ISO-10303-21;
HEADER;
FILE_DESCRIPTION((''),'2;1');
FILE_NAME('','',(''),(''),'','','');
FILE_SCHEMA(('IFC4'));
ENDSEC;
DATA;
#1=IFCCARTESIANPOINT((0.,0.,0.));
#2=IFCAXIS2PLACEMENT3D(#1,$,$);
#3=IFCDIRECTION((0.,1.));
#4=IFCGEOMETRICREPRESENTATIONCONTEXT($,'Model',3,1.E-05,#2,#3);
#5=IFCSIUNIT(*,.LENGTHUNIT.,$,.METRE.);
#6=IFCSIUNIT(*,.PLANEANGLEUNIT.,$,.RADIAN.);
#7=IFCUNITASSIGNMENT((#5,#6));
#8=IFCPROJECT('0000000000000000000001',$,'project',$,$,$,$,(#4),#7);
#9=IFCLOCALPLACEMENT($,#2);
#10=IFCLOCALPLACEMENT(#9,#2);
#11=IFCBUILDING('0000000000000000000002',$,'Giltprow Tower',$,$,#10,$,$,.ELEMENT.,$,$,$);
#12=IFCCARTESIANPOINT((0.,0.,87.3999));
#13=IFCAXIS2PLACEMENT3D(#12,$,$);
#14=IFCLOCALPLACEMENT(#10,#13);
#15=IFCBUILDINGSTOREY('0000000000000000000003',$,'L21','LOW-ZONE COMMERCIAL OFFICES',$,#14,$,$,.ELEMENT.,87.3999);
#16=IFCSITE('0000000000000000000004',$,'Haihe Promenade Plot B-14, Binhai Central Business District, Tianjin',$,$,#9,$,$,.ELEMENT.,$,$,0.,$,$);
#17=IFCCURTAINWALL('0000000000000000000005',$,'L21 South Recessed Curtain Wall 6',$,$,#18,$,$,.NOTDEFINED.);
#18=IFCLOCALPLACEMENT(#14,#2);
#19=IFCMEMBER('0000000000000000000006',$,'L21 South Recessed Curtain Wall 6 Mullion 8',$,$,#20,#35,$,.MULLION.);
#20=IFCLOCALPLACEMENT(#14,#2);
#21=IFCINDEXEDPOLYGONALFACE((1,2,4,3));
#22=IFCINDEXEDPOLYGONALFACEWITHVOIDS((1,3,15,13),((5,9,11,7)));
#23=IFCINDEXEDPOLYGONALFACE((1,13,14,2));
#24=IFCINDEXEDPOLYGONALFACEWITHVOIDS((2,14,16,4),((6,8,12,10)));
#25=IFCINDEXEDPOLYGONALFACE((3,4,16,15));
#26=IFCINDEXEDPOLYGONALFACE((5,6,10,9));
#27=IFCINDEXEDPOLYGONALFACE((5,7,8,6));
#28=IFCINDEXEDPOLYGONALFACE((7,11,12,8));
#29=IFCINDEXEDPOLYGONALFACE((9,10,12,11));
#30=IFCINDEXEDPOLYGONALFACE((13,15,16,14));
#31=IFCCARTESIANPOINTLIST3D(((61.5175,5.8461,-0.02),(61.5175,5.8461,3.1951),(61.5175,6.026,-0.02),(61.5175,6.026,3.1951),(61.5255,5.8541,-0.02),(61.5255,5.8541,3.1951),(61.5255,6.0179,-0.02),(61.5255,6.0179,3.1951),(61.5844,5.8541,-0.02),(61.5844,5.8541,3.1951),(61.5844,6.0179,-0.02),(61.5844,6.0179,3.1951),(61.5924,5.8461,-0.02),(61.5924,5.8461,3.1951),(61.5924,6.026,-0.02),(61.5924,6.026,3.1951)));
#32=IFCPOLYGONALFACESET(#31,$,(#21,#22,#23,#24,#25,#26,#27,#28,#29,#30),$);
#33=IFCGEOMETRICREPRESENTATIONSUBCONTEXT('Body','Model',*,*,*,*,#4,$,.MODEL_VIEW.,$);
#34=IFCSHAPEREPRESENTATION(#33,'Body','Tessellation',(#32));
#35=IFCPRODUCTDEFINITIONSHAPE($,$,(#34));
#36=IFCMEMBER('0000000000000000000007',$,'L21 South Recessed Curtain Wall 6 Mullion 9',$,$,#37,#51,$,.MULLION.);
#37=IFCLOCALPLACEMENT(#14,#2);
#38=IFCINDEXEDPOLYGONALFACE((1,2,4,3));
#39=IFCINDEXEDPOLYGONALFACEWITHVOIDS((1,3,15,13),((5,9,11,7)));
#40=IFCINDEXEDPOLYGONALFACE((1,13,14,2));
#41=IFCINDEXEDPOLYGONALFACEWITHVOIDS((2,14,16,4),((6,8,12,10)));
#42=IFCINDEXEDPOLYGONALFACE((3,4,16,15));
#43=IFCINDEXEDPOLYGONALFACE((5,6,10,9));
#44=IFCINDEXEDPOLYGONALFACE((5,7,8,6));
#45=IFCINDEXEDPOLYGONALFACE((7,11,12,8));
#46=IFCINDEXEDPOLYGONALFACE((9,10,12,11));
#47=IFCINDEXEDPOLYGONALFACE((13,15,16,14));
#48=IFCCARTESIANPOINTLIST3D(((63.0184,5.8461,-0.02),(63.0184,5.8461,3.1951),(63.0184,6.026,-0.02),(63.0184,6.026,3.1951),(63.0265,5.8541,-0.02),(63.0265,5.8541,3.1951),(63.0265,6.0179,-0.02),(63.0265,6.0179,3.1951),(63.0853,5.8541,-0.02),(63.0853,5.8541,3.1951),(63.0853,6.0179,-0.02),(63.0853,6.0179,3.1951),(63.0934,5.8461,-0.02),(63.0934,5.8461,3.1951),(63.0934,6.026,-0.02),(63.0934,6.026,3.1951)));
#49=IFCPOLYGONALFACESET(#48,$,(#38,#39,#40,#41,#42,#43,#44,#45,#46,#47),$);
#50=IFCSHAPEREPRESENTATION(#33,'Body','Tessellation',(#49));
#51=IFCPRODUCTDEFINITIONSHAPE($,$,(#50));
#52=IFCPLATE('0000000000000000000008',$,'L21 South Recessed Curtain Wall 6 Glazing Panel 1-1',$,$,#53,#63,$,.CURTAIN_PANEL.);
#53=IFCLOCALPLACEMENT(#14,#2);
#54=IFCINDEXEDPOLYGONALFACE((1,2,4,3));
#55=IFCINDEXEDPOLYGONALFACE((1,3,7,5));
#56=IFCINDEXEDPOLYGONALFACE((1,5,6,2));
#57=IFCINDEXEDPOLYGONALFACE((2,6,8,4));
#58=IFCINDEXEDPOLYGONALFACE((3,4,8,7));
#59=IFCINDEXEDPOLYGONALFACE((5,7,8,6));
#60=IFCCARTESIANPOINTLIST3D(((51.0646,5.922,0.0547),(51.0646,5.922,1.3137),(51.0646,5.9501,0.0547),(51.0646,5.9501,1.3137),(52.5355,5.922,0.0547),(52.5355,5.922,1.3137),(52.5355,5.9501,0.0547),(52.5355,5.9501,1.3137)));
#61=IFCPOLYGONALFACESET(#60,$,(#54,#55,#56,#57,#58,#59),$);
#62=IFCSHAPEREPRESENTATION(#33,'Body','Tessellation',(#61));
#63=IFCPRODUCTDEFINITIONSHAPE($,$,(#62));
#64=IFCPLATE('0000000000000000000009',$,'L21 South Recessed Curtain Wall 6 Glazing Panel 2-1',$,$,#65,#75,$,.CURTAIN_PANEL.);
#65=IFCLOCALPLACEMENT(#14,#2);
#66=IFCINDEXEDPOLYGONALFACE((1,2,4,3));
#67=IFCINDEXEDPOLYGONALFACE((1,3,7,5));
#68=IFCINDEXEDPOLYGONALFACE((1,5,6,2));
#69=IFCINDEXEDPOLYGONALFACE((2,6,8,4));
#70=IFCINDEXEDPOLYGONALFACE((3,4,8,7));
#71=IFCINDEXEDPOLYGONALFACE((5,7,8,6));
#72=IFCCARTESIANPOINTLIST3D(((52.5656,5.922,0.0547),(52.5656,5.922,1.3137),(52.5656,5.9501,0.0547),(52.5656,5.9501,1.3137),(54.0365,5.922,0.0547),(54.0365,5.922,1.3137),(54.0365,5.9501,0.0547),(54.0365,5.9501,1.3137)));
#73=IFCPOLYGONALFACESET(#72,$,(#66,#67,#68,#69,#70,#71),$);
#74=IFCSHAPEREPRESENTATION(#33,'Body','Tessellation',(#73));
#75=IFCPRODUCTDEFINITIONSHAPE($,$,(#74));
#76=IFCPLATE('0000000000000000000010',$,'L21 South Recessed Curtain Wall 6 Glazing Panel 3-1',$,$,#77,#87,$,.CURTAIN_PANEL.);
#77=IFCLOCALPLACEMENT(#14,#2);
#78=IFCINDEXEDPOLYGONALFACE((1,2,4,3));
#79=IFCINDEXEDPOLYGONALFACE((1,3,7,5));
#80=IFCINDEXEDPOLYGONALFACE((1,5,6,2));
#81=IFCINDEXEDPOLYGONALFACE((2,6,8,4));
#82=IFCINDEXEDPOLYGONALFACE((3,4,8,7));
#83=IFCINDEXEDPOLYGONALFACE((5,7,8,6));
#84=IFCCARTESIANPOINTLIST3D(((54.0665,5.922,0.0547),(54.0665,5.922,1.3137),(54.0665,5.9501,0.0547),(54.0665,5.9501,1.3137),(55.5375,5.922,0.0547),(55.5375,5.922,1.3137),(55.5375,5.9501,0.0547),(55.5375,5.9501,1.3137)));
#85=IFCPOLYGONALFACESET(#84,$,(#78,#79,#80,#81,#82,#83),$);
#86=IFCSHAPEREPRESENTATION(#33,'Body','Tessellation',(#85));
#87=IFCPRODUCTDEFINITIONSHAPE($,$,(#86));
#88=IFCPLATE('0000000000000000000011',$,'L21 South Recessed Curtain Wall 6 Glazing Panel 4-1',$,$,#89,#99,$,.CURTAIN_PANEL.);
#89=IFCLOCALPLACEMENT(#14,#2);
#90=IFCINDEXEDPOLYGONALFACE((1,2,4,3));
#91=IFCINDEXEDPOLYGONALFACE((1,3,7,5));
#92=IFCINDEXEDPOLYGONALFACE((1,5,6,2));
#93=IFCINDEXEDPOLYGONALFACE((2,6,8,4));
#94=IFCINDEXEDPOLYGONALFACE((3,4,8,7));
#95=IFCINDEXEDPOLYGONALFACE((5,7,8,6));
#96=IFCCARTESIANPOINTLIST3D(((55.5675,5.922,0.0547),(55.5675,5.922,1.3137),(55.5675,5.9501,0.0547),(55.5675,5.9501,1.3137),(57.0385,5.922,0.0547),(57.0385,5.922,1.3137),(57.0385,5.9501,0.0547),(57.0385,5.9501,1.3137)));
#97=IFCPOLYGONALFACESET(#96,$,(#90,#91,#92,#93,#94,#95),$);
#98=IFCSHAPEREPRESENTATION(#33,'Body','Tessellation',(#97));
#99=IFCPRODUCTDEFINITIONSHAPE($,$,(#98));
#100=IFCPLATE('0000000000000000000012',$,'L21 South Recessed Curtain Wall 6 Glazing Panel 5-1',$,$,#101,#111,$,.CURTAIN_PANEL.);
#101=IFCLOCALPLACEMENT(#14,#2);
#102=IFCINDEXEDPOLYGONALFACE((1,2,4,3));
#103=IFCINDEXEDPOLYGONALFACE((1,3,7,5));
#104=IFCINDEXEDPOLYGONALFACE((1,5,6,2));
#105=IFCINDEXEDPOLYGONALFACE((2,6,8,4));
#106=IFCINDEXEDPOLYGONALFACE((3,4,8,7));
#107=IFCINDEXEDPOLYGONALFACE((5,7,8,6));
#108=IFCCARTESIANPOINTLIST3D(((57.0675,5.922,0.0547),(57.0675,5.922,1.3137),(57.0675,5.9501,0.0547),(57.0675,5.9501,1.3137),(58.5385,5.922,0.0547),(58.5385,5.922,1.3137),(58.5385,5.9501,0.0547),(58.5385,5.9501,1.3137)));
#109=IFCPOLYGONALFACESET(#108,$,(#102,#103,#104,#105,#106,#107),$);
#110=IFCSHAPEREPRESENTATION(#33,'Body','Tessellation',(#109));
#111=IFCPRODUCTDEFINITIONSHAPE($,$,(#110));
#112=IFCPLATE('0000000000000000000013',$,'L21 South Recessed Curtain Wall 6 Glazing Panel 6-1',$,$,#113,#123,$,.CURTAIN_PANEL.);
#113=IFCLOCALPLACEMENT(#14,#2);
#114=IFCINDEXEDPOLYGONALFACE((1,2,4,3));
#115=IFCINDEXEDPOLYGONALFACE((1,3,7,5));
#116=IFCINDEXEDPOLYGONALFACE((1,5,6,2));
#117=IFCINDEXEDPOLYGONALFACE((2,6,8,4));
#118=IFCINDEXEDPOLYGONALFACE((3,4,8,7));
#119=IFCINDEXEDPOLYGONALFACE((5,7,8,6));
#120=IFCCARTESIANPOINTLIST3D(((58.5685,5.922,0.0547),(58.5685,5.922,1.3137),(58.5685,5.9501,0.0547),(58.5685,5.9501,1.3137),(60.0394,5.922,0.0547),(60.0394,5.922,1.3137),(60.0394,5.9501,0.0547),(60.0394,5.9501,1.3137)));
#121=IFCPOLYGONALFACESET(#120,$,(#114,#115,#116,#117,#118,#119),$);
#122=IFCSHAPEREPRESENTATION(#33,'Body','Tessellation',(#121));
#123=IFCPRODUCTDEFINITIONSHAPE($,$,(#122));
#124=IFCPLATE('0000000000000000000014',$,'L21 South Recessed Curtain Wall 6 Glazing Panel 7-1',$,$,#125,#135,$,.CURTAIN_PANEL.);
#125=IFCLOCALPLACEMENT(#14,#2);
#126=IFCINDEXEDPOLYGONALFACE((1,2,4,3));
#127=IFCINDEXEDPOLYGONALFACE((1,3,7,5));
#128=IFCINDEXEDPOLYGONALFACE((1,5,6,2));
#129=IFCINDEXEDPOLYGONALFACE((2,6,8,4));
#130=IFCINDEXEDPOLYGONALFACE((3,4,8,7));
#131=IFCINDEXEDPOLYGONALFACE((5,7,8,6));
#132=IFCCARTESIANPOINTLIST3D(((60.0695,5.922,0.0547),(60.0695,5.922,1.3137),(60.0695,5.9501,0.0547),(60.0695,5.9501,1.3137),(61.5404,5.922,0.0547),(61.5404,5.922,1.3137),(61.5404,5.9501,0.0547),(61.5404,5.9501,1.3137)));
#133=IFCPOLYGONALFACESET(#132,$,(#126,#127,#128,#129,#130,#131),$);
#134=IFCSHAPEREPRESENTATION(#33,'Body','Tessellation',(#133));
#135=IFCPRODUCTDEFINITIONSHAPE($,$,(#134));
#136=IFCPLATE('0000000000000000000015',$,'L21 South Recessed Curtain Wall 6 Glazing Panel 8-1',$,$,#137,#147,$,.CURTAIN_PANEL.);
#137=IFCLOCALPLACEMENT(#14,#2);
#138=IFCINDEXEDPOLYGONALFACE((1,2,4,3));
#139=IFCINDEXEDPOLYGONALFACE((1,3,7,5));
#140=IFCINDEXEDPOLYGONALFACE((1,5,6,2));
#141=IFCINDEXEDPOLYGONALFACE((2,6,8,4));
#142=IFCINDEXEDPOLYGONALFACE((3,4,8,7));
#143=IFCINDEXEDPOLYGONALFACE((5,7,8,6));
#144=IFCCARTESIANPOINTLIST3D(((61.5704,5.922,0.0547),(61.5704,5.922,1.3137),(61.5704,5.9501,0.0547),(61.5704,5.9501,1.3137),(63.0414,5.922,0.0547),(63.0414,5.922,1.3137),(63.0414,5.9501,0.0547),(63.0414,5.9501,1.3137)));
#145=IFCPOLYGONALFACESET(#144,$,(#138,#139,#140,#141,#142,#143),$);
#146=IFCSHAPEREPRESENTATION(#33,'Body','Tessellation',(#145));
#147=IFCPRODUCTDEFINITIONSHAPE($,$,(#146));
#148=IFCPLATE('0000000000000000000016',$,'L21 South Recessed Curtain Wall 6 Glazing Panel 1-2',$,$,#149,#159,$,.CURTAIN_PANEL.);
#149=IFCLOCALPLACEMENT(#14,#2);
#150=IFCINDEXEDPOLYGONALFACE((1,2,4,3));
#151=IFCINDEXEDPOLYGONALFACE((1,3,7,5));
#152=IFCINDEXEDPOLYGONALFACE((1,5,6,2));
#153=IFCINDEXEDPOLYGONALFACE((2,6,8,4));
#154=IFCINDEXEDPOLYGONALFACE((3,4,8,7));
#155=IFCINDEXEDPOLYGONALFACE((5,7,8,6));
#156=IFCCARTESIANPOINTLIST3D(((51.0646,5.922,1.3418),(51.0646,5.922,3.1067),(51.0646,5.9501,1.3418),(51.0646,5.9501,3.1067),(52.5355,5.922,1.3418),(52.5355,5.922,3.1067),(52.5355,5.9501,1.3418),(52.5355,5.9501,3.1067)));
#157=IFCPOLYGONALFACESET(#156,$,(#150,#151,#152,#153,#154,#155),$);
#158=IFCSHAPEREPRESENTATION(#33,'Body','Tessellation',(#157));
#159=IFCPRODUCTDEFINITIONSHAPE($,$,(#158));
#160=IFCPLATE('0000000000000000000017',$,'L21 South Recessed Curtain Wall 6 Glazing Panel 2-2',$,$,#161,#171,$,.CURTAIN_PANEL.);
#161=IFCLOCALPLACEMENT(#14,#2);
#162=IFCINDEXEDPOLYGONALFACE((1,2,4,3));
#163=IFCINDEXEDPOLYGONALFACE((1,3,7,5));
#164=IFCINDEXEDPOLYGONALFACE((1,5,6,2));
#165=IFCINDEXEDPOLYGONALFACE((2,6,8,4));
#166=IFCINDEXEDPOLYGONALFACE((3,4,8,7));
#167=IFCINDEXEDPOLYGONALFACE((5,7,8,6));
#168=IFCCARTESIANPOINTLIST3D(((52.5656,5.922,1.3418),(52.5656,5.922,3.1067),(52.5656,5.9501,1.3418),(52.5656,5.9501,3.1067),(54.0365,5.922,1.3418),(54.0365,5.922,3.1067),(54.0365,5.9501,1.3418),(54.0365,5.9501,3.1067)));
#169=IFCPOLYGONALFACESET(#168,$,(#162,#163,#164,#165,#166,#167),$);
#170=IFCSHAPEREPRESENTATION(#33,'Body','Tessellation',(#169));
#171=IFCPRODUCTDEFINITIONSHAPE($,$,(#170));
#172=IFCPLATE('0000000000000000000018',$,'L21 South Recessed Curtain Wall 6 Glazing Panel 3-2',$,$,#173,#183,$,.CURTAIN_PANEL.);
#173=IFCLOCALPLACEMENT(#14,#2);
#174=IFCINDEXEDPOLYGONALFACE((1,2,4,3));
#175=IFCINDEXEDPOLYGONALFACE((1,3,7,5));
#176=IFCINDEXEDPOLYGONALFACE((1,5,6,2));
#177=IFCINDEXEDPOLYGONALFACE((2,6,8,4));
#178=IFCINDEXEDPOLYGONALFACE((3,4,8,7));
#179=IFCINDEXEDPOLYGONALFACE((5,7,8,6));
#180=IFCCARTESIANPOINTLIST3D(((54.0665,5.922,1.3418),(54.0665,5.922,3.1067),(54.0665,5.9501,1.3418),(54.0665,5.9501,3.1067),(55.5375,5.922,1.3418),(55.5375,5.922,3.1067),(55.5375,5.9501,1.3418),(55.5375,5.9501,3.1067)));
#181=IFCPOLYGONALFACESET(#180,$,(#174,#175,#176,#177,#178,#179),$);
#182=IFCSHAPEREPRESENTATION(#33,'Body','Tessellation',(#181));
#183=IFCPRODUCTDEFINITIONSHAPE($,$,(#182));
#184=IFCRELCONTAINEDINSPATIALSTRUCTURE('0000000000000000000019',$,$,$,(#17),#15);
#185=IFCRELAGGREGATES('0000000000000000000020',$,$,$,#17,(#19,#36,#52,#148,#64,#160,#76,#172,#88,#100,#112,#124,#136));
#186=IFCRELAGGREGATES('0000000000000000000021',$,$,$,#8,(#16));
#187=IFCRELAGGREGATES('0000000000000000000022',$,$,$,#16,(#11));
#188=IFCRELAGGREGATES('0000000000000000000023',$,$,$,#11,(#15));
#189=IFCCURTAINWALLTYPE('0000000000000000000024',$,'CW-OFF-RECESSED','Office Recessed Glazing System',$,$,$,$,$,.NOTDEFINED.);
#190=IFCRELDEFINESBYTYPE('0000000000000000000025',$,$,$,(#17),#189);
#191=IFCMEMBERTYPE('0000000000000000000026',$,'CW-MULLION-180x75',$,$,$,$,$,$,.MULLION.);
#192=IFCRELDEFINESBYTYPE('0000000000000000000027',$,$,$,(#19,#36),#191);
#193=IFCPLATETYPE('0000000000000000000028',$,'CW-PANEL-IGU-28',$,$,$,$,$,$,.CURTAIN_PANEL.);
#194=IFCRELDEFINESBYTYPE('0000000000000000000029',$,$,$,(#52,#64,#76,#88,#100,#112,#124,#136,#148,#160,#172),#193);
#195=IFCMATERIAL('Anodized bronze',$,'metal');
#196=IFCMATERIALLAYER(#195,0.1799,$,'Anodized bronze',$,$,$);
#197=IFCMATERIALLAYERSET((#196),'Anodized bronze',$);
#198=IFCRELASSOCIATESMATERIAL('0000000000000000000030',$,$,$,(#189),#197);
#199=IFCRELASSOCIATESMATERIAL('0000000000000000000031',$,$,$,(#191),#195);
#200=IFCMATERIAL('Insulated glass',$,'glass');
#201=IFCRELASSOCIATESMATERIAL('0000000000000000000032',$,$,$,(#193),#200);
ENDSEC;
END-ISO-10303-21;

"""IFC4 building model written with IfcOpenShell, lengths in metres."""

from ifc_helpers import new_model, si_unit, direction, frame, origin, origin_2d, place, context, subcontext, project, spatial, rectangle, hollow_rectangle, extrude, source, transform, mapped, material, layer, layer_set, material_profile, profile_set, type_object, element, aggregate, save


model = new_model("IFC4")

# Units and contexts
model_context = context("Model", 3, precision=1e-05, world=origin(), true_north=direction((0.0, 1.0)))
body_context = subcontext(model_context, "Body", "Model", "MODEL_VIEW")
ifc_project = project(units=[si_unit("LENGTHUNIT", "METRE"), si_unit("PLANEANGLEUNIT", "RADIAN")], contexts=[model_context])

# Site, building, storey
site_placement = place(None, origin())
site = spatial("IfcSite", under=ifc_project, at=site_placement, Name="Haihe Promenade Plot B-14, Binhai Central Business District, Tianjin", CompositionType="ELEMENT", RefElevation=0.0)
building_placement = place(site_placement, origin())
building = spatial("IfcBuilding", under=site, at=building_placement, Name="Giltprow Tower", CompositionType="ELEMENT")
storey_placement = place(building_placement, frame((0.0, 0.0, 87.3999)))
storey = spatial("IfcBuildingStorey", under=building, at=storey_placement, Name="L21", Description="LOW-ZONE COMMERCIAL OFFICES", CompositionType="ELEMENT", Elevation=87.3999)

# Curtain wall, members, plates
ifc_material_1 = material(Name="Anodized bronze", Category="metal")
ifc_layer_1 = layer(ifc_material_1, 0.1799, Name="Anodized bronze")
ifc_layer_set_1 = layer_set([ifc_layer_1], Name="Anodized bronze")
curtain_wall_type = type_object("IfcCurtainWallType", Name="CW-OFF-RECESSED", Description="Office Recessed Glazing System", PredefinedType="NOTDEFINED", material=ifc_layer_set_1)
curtain_wall_placement = place(storey_placement, origin())
curtain_wall = element("IfcCurtainWall", 1, at=curtain_wall_placement, inside=storey, type_object=curtain_wall_type, Name="L21 South Recessed Curtain Wall 6", PredefinedType="NOTDEFINED")
ifc_material_profile_1 = material_profile(ifc_material_1, hollow_rectangle(XDim=0.075, YDim=0.1799, WallThickness=0.0081, at=origin_2d()), Name="RHS 180x75x8")
ifc_profile_set_1 = profile_set([ifc_material_profile_1], Name="Anodized bronze")
member_type = type_object("IfcMemberType", Name="CW-MULLION-180x75", PredefinedType="MULLION", material=ifc_profile_set_1)
shared_shape_1 = source(origin(), body_context, "Body", "SweptSolid", [
    extrude(hollow_rectangle(XDim=0.075, YDim=0.1799, WallThickness=0.0081, at=origin_2d()), origin(), (0.0, 0.0, 1.0), 3.2151),
])
member_1_placement = place(storey_placement, frame((61.5549, 5.936, -0.02), z_axis=(0.0, 0.0, 1.0), x_axis=(1.0, 0.0, 0.0)))
member_1 = element("IfcMember", 2, at=member_1_placement, type_object=member_type, Name="L21 South Recessed Curtain Wall 6 Mullion 8", PredefinedType="MULLION", context=body_context, shape_type="MappedRepresentation", body=[
    mapped(shared_shape_1, transform((0.0, 0.0, 0.0), x_axis=(1.0, 0.0, 0.0), y_axis=(0.0, 1.0, 0.0), z_axis=(0.0, 0.0, 1.0), scale=1.0)),
])
member_2_placement = place(storey_placement, frame((63.0559, 5.936, -0.02), z_axis=(0.0, 0.0, 1.0), x_axis=(1.0, 0.0, 0.0)))
member_2 = element("IfcMember", 3, at=member_2_placement, type_object=member_type, Name="L21 South Recessed Curtain Wall 6 Mullion 9", PredefinedType="MULLION", context=body_context, shape_type="MappedRepresentation", body=[
    mapped(shared_shape_1, transform((0.0, 0.0, 0.0), x_axis=(1.0, 0.0, 0.0), y_axis=(0.0, 1.0, 0.0), z_axis=(0.0, 0.0, 1.0), scale=1.0)),
])
ifc_material_2 = material(Name="Insulated glass", Category="glass")
plate_type = type_object("IfcPlateType", Name="CW-PANEL-IGU-28", PredefinedType="CURTAIN_PANEL", material=ifc_material_2)
shared_shape_2 = source(origin(), body_context, "Body", "SweptSolid", [
    extrude(rectangle(XDim=1.4709, YDim=0.0281, at=origin_2d()), origin(), (0.0, 0.0, 1.0), 1.259),
])
plate_1_placement = place(storey_placement, frame((51.8, 5.936, 0.0547), z_axis=(0.0, 0.0, 1.0), x_axis=(1.0, 0.0, 0.0)))
plate_1 = element("IfcPlate", 4, at=plate_1_placement, type_object=plate_type, Name="L21 South Recessed Curtain Wall 6 Glazing Panel 1-1", PredefinedType="CURTAIN_PANEL", context=body_context, shape_type="MappedRepresentation", body=[
    mapped(shared_shape_2, transform((0.0, 0.0, 0.0), x_axis=(1.0, 0.0, 0.0), y_axis=(0.0, 1.0, 0.0), z_axis=(0.0, 0.0, 1.0), scale=1.0)),
])
plate_2_placement = place(storey_placement, frame((53.301, 5.936, 0.0547), z_axis=(0.0, 0.0, 1.0), x_axis=(1.0, 0.0, 0.0)))
plate_2 = element("IfcPlate", 5, at=plate_2_placement, type_object=plate_type, Name="L21 South Recessed Curtain Wall 6 Glazing Panel 2-1", PredefinedType="CURTAIN_PANEL", context=body_context, shape_type="MappedRepresentation", body=[
    mapped(shared_shape_2, transform((0.0, 0.0, 0.0), x_axis=(1.0, 0.0, 0.0), y_axis=(0.0, 1.0, 0.0), z_axis=(0.0, 0.0, 1.0), scale=1.0)),
])
plate_3_placement = place(storey_placement, frame((54.802, 5.936, 0.0547), z_axis=(0.0, 0.0, 1.0), x_axis=(1.0, 0.0, 0.0)))
plate_3 = element("IfcPlate", 6, at=plate_3_placement, type_object=plate_type, Name="L21 South Recessed Curtain Wall 6 Glazing Panel 3-1", PredefinedType="CURTAIN_PANEL", context=body_context, shape_type="MappedRepresentation", body=[
    mapped(shared_shape_2, transform((0.0, 0.0, 0.0), x_axis=(1.0, 0.0, 0.0), y_axis=(0.0, 1.0, 0.0), z_axis=(0.0, 0.0, 1.0), scale=1.0)),
])
plate_4_placement = place(storey_placement, frame((56.303, 5.936, 0.0547), z_axis=(0.0, 0.0, 1.0), x_axis=(1.0, 0.0, 0.0)))
plate_4 = element("IfcPlate", 7, at=plate_4_placement, type_object=plate_type, Name="L21 South Recessed Curtain Wall 6 Glazing Panel 4-1", PredefinedType="CURTAIN_PANEL", context=body_context, shape_type="MappedRepresentation", body=[
    mapped(shared_shape_2, transform((0.0, 0.0, 0.0), x_axis=(1.0, 0.0, 0.0), y_axis=(0.0, 1.0, 0.0), z_axis=(0.0, 0.0, 1.0), scale=1.0)),
])
plate_5_placement = place(storey_placement, frame((57.803, 5.936, 0.0547), z_axis=(0.0, 0.0, 1.0), x_axis=(1.0, 0.0, 0.0)))
plate_5 = element("IfcPlate", 8, at=plate_5_placement, type_object=plate_type, Name="L21 South Recessed Curtain Wall 6 Glazing Panel 5-1", PredefinedType="CURTAIN_PANEL", context=body_context, shape_type="MappedRepresentation", body=[
    mapped(shared_shape_2, transform((0.0, 0.0, 0.0), x_axis=(1.0, 0.0, 0.0), y_axis=(0.0, 1.0, 0.0), z_axis=(0.0, 0.0, 1.0), scale=1.0)),
])
plate_6_placement = place(storey_placement, frame((59.304, 5.936, 0.0547), z_axis=(0.0, 0.0, 1.0), x_axis=(1.0, 0.0, 0.0)))
plate_6 = element("IfcPlate", 9, at=plate_6_placement, type_object=plate_type, Name="L21 South Recessed Curtain Wall 6 Glazing Panel 6-1", PredefinedType="CURTAIN_PANEL", context=body_context, shape_type="MappedRepresentation", body=[
    mapped(shared_shape_2, transform((0.0, 0.0, 0.0), x_axis=(1.0, 0.0, 0.0), y_axis=(0.0, 1.0, 0.0), z_axis=(0.0, 0.0, 1.0), scale=1.0)),
])
plate_7_placement = place(storey_placement, frame((60.8049, 5.936, 0.0547), z_axis=(0.0, 0.0, 1.0), x_axis=(1.0, 0.0, 0.0)))
plate_7 = element("IfcPlate", 10, at=plate_7_placement, type_object=plate_type, Name="L21 South Recessed Curtain Wall 6 Glazing Panel 7-1", PredefinedType="CURTAIN_PANEL", context=body_context, shape_type="MappedRepresentation", body=[
    mapped(shared_shape_2, transform((0.0, 0.0, 0.0), x_axis=(1.0, 0.0, 0.0), y_axis=(0.0, 1.0, 0.0), z_axis=(0.0, 0.0, 1.0), scale=1.0)),
])
plate_8_placement = place(storey_placement, frame((62.3059, 5.936, 0.0547), z_axis=(0.0, 0.0, 1.0), x_axis=(1.0, 0.0, 0.0)))
plate_8 = element("IfcPlate", 11, at=plate_8_placement, type_object=plate_type, Name="L21 South Recessed Curtain Wall 6 Glazing Panel 8-1", PredefinedType="CURTAIN_PANEL", context=body_context, shape_type="MappedRepresentation", body=[
    mapped(shared_shape_2, transform((0.0, 0.0, 0.0), x_axis=(1.0, 0.0, 0.0), y_axis=(0.0, 1.0, 0.0), z_axis=(0.0, 0.0, 1.0), scale=1.0)),
])
shared_shape_3 = source(origin(), body_context, "Body", "SweptSolid", [
    extrude(rectangle(XDim=1.4709, YDim=0.0281, at=origin_2d()), origin(), (0.0, 0.0, 1.0), 1.7649),
])
plate_9_placement = place(storey_placement, frame((51.8, 5.936, 1.3418), z_axis=(0.0, 0.0, 1.0), x_axis=(1.0, 0.0, 0.0)))
plate_9 = element("IfcPlate", 12, at=plate_9_placement, type_object=plate_type, Name="L21 South Recessed Curtain Wall 6 Glazing Panel 1-2", PredefinedType="CURTAIN_PANEL", context=body_context, shape_type="MappedRepresentation", body=[
    mapped(shared_shape_3, transform((0.0, 0.0, 0.0), x_axis=(1.0, 0.0, 0.0), y_axis=(0.0, 1.0, 0.0), z_axis=(0.0, 0.0, 1.0), scale=1.0)),
])
plate_10_placement = place(storey_placement, frame((53.301, 5.936, 1.3418), z_axis=(0.0, 0.0, 1.0), x_axis=(1.0, 0.0, 0.0)))
plate_10 = element("IfcPlate", 13, at=plate_10_placement, type_object=plate_type, Name="L21 South Recessed Curtain Wall 6 Glazing Panel 2-2", PredefinedType="CURTAIN_PANEL", context=body_context, shape_type="MappedRepresentation", body=[
    mapped(shared_shape_3, transform((0.0, 0.0, 0.0), x_axis=(1.0, 0.0, 0.0), y_axis=(0.0, 1.0, 0.0), z_axis=(0.0, 0.0, 1.0), scale=1.0)),
])
plate_11_placement = place(storey_placement, frame((54.802, 5.936, 1.3418), z_axis=(0.0, 0.0, 1.0), x_axis=(1.0, 0.0, 0.0)))
plate_11 = element("IfcPlate", 14, at=plate_11_placement, type_object=plate_type, Name="L21 South Recessed Curtain Wall 6 Glazing Panel 3-2", PredefinedType="CURTAIN_PANEL", context=body_context, shape_type="MappedRepresentation", body=[
    mapped(shared_shape_3, transform((0.0, 0.0, 0.0), x_axis=(1.0, 0.0, 0.0), y_axis=(0.0, 1.0, 0.0), z_axis=(0.0, 0.0, 1.0), scale=1.0)),
])
aggregate(curtain_wall, [member_1, member_2, plate_1, plate_9, plate_2, plate_10, plate_3, plate_11, plate_4, plate_5, plate_6, plate_7, plate_8])

save(model, "model.ifc")
